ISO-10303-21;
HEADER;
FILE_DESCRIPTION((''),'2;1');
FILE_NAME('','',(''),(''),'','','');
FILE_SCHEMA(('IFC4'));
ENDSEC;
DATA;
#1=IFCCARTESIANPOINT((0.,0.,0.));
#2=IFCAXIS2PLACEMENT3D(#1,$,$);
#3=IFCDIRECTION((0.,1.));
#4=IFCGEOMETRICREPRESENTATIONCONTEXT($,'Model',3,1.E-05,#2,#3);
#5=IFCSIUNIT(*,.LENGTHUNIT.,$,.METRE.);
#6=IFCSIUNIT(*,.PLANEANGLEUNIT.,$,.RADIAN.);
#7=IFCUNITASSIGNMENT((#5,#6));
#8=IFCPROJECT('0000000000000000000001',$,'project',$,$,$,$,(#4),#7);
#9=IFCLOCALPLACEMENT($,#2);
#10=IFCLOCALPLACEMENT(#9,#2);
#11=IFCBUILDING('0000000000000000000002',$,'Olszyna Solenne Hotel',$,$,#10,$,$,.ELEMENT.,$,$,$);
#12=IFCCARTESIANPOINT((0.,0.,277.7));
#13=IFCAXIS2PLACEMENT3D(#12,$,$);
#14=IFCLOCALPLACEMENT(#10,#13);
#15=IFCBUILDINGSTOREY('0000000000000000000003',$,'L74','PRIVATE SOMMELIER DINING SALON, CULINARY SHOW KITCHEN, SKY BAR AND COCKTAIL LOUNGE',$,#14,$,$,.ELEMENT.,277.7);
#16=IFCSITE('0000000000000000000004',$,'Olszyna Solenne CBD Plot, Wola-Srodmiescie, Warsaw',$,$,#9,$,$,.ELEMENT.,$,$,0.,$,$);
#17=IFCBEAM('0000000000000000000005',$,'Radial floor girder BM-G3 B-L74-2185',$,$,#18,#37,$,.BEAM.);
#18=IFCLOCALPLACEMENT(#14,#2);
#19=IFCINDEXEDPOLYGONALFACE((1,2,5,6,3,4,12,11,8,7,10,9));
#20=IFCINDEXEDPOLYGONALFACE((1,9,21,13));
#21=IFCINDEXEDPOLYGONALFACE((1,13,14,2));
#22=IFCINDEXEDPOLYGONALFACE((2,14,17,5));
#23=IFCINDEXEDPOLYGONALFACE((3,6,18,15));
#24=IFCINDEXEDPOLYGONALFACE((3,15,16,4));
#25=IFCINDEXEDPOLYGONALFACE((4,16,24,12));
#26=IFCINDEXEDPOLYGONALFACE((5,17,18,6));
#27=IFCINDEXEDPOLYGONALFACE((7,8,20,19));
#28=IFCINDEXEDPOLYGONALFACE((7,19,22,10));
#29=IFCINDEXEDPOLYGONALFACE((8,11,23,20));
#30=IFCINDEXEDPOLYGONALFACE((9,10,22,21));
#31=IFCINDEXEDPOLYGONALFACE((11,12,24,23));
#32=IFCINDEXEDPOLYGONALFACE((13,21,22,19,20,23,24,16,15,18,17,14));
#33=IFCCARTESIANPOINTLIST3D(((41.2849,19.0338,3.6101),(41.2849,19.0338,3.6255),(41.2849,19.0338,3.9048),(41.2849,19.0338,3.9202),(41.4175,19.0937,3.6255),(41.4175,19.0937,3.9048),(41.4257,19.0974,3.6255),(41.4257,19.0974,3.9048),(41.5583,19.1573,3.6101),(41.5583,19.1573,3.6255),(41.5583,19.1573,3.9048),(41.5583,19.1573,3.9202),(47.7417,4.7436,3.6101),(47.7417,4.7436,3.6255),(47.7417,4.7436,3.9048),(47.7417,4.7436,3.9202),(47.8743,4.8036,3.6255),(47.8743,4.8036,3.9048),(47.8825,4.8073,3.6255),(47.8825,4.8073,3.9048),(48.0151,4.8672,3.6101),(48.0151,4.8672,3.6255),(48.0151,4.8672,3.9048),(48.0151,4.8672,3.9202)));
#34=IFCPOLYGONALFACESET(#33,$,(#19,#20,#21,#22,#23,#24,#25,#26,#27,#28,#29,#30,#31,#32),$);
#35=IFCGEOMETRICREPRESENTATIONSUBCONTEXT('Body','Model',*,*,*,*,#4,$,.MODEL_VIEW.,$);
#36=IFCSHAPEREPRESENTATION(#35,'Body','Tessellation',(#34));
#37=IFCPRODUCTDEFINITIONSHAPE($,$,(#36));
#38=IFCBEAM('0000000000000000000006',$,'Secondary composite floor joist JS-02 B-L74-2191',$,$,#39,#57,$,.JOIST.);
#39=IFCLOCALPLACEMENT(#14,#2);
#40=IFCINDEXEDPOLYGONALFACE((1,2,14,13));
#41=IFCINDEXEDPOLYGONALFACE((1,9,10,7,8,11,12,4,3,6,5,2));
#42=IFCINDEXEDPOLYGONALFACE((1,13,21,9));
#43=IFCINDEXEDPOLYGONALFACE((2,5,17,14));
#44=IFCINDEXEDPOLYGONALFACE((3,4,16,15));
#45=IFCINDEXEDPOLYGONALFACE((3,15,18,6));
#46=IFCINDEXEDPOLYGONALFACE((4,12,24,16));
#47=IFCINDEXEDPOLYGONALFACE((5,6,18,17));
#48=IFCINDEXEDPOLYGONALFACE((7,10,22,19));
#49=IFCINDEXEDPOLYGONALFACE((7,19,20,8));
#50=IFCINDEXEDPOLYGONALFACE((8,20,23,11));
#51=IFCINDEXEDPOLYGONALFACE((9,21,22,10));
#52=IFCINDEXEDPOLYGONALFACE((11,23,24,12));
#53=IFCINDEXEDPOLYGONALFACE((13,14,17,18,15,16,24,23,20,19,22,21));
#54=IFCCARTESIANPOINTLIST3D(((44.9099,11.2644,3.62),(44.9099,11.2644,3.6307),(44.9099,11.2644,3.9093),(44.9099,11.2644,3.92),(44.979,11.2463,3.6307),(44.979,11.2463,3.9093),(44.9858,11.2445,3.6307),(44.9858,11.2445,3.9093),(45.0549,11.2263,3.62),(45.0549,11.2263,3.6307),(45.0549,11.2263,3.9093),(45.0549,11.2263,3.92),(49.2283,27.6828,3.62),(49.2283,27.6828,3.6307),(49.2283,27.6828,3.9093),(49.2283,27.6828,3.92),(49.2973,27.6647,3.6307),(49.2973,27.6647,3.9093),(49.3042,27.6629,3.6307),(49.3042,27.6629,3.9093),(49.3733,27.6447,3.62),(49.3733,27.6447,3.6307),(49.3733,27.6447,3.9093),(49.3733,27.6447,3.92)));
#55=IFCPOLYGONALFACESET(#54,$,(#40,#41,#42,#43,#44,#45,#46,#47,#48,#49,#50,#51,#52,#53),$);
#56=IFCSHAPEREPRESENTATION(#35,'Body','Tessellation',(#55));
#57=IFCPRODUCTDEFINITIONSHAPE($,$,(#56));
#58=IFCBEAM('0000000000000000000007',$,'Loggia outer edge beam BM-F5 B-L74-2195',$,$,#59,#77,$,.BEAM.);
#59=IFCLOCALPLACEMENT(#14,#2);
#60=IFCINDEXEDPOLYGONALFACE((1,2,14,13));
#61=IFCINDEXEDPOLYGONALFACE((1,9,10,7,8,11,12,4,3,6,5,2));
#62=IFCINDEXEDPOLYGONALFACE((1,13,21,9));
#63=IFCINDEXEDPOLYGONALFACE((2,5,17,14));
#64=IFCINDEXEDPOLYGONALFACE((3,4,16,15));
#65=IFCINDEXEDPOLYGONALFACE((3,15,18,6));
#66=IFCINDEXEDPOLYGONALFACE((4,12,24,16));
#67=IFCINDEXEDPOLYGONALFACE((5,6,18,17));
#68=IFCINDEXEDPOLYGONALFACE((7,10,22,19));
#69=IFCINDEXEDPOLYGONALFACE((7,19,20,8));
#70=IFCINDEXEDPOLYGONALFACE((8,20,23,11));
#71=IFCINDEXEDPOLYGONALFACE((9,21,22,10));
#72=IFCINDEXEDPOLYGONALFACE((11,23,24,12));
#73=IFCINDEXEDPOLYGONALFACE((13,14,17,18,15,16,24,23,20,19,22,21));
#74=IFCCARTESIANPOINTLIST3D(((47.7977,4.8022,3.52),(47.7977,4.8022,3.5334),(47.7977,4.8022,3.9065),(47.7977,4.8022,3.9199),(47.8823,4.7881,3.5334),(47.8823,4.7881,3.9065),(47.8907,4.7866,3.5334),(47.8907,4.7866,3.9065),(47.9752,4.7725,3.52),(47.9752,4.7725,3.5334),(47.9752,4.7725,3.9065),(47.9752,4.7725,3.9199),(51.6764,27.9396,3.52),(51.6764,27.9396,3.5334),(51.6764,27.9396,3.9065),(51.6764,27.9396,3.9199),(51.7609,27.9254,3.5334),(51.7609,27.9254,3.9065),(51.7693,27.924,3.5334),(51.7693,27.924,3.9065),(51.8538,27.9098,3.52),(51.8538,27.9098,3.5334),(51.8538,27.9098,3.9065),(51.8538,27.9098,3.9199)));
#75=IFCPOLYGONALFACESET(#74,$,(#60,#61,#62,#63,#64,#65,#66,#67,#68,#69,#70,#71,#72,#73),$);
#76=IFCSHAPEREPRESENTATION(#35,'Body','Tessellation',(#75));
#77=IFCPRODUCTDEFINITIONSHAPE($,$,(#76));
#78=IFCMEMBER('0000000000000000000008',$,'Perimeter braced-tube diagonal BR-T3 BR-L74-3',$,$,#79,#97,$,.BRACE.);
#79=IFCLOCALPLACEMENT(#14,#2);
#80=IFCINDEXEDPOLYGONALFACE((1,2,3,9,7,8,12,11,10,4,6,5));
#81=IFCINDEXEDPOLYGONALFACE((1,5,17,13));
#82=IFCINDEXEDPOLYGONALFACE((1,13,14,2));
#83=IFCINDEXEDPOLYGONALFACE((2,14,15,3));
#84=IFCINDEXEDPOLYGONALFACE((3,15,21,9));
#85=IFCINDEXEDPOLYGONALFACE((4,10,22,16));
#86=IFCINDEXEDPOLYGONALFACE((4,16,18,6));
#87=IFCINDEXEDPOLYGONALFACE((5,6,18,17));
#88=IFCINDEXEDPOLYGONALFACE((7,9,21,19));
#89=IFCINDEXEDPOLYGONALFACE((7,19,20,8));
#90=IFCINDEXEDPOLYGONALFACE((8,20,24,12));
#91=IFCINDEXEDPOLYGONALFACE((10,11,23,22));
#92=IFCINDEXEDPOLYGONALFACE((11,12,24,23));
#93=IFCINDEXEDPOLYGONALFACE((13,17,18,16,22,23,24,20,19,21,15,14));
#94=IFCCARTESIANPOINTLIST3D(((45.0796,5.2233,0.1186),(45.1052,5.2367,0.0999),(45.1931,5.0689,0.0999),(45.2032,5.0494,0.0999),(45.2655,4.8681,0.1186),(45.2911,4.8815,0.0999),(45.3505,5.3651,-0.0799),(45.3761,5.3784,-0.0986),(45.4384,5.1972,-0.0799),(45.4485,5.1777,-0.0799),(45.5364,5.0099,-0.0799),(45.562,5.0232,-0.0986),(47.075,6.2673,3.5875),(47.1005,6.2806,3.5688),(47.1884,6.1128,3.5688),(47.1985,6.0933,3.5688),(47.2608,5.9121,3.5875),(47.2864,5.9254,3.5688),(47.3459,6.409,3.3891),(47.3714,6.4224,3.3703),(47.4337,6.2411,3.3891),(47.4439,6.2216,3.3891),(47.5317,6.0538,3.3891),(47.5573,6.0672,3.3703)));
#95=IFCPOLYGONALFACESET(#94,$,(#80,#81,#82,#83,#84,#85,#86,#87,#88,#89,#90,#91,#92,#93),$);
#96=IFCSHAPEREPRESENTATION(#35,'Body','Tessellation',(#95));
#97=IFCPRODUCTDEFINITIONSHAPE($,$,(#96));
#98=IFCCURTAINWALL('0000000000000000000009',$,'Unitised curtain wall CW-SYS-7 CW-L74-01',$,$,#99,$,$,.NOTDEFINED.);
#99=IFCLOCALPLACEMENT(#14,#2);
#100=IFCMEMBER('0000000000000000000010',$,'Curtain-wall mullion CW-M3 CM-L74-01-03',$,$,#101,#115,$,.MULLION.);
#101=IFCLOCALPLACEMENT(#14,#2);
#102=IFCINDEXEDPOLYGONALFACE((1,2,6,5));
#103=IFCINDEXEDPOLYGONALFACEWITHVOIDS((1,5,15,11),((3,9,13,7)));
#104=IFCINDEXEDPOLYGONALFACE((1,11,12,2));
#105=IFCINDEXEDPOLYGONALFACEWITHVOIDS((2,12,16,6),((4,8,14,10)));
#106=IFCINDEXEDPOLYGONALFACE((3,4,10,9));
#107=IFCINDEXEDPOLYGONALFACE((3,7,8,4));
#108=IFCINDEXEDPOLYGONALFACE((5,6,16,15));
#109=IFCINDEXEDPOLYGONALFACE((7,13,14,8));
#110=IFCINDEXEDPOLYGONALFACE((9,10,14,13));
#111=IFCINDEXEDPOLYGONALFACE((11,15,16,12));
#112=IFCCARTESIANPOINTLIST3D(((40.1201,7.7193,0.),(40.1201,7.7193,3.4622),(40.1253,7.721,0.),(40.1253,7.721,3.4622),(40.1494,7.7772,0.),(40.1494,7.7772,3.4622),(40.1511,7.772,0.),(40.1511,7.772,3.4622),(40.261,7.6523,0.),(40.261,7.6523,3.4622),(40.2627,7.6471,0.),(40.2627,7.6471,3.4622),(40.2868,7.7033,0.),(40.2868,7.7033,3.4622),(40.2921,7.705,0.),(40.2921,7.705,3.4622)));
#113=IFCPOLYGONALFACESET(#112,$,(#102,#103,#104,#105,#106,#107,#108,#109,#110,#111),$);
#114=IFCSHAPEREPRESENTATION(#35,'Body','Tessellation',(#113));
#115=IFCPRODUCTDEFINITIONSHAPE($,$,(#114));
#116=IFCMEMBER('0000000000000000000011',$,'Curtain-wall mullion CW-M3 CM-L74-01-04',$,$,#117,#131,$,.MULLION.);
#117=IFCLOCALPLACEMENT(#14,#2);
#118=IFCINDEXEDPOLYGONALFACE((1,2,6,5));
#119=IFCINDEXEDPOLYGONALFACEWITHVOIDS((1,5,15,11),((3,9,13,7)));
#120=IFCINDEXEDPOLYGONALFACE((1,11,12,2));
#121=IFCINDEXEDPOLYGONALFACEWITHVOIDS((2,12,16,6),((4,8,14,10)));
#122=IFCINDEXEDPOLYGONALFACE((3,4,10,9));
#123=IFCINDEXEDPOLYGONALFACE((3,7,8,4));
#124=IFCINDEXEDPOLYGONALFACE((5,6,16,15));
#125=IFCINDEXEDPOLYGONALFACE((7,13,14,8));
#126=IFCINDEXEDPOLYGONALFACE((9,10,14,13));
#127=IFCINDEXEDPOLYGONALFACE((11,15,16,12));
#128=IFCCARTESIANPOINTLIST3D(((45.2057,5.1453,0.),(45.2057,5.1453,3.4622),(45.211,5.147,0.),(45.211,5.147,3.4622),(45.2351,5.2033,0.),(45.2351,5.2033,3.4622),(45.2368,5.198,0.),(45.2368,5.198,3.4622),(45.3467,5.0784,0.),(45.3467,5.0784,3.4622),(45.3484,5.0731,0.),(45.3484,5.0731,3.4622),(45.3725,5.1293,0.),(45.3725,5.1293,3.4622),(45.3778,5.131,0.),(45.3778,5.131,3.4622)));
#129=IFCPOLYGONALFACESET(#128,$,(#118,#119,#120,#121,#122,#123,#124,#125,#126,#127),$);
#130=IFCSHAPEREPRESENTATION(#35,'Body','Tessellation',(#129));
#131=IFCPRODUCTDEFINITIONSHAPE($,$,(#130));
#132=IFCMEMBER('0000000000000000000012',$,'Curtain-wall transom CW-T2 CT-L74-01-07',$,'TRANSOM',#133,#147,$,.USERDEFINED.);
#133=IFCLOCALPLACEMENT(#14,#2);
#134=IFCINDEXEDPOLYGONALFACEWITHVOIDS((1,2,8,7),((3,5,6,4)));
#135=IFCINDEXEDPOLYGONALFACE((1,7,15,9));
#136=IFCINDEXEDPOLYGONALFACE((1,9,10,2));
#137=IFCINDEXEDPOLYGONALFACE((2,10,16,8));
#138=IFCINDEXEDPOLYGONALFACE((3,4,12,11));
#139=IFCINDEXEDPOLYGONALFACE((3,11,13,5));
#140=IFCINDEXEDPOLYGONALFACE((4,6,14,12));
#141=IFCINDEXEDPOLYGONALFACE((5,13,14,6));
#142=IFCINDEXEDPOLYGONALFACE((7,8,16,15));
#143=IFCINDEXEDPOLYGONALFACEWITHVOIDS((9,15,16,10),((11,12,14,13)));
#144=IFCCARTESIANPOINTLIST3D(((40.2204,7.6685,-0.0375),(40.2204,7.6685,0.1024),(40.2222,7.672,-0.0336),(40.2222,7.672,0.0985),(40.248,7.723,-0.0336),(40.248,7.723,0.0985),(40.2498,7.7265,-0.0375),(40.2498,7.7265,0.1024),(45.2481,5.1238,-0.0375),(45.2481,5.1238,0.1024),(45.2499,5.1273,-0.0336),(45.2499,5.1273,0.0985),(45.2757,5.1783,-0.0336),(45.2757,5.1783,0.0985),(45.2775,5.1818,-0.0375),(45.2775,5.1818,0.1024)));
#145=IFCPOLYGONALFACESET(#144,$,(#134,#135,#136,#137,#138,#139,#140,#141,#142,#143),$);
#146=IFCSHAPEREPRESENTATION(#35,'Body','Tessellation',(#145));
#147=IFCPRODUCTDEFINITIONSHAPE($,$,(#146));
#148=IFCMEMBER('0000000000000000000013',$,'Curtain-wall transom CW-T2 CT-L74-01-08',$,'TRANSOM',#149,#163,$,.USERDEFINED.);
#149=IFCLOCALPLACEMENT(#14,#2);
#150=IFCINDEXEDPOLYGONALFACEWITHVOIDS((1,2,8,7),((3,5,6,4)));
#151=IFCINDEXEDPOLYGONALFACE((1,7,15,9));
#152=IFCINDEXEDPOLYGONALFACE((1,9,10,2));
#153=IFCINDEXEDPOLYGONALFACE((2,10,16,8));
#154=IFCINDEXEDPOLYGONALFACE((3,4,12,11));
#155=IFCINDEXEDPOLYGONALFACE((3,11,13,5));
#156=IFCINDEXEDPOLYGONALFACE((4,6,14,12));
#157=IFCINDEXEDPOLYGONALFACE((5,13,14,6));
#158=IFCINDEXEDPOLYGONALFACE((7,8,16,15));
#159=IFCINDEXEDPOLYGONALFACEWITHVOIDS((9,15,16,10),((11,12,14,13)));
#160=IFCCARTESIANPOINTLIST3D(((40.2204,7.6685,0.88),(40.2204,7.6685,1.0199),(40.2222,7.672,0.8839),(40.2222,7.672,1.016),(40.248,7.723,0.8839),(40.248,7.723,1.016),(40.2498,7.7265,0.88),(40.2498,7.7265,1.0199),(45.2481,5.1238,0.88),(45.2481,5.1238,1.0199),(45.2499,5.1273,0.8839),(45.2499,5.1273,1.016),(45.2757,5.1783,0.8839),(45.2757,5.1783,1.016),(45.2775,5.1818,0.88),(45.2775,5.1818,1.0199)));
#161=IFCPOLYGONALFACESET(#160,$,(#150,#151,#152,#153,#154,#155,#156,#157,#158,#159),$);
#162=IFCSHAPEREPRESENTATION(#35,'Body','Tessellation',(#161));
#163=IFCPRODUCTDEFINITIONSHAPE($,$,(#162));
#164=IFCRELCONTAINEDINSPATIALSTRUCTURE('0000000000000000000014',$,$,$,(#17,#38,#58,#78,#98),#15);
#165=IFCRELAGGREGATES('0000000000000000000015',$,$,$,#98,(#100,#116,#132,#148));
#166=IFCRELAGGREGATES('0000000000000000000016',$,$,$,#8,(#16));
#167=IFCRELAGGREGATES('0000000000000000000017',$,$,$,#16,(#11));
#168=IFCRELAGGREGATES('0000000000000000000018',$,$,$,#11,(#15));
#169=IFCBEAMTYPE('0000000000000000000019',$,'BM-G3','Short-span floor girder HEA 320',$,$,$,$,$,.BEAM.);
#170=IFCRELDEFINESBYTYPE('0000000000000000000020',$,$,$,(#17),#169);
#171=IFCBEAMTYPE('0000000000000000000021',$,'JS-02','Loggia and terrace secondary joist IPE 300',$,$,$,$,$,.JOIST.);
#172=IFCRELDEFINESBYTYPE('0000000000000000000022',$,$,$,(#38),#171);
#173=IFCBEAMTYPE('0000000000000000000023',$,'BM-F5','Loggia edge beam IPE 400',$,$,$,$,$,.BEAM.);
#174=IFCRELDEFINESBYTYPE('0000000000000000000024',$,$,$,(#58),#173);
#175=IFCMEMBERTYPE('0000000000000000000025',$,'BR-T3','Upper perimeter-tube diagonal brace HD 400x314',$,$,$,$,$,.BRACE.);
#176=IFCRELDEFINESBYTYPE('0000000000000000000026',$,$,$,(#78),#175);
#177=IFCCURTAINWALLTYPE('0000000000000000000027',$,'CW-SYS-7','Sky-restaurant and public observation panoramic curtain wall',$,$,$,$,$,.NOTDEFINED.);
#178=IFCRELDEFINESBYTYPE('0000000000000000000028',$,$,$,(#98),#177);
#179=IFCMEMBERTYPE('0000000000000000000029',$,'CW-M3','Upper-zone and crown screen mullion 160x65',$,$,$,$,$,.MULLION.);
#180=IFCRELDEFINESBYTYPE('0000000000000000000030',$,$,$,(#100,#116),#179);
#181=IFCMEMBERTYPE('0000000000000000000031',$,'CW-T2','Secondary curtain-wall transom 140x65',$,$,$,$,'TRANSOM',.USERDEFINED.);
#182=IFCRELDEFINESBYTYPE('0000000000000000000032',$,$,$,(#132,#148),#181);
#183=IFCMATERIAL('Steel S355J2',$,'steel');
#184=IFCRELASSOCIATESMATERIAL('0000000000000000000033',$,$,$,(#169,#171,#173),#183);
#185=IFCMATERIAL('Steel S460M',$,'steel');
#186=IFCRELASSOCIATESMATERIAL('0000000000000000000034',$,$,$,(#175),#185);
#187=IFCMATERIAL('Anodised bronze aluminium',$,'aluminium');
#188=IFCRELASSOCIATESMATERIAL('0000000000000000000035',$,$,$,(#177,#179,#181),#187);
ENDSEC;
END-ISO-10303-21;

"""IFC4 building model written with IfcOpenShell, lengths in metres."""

from ifc_helpers import new_model, si_unit, direction, frame, origin, origin_2d, place, context, subcontext, project, spatial, hollow_rectangle, i_section, extrude, source, transform, mapped, material, material_profile, profile_set, type_object, element, aggregate, save


model = new_model("IFC4")

# Units and contexts
model_context = context("Model", 3, precision=1e-05, world=origin(), true_north=direction((0.0, 1.0)))
body_context = subcontext(model_context, "Body", "Model", "MODEL_VIEW")
ifc_project = project(units=[si_unit("LENGTHUNIT", "METRE"), si_unit("PLANEANGLEUNIT", "RADIAN")], contexts=[model_context])

# Site, building, storey
site_placement = place(None, origin())
site = spatial("IfcSite", under=ifc_project, at=site_placement, Name="Olszyna Solenne CBD Plot, Wola-Srodmiescie, Warsaw", CompositionType="ELEMENT", RefElevation=0.0)
building_placement = place(site_placement, origin())
building = spatial("IfcBuilding", under=site, at=building_placement, Name="Olszyna Solenne Hotel", CompositionType="ELEMENT")
storey_placement = place(building_placement, frame((0.0, 0.0, 277.7)))
storey = spatial("IfcBuildingStorey", under=building, at=storey_placement, Name="L74", Description="PRIVATE SOMMELIER DINING SALON, CULINARY SHOW KITCHEN, SKY BAR AND COCKTAIL LOUNGE", CompositionType="ELEMENT", Elevation=277.7)

# Shared definitions
ifc_material_1 = material(Name="Steel S355J2", Category="steel")
ifc_material_2 = material(Name="Steel S460M", Category="steel")

# Beams
ifc_material_profile_1 = material_profile(ifc_material_1, i_section(OverallWidth=0.3, OverallDepth=0.3101, WebThickness=0.009, FlangeThickness=0.0154, at=origin_2d()), Name="HEA 320", Category="load-bearing")
ifc_profile_set_1 = profile_set([ifc_material_profile_1], Name="Steel S355J2")
beam_type_1 = type_object("IfcBeamType", Name="BM-G3", Description="Short-span floor girder HEA 320", PredefinedType="BEAM", material=ifc_profile_set_1)
shared_shape_1 = source(origin(), body_context, "Body", "SweptSolid", [
    extrude(i_section(OverallWidth=0.3, OverallDepth=0.3101, WebThickness=0.009, FlangeThickness=0.0154, at=origin_2d()), origin(), (0.0, 0.0, 1.0), 15.6812),
])
beam_1_placement = place(storey_placement, frame((47.8784, 4.8054, 3.7651), z_axis=(-0.411757, 0.911294, 0.0), x_axis=(-0.911294, -0.411757, 0.0)))
element("IfcBeam", 1, at=beam_1_placement, inside=storey, type_object=beam_type_1, Name="Radial floor girder BM-G3 B-L74-2185", PredefinedType="BEAM", context=body_context, shape_type="MappedRepresentation", body=[
    mapped(shared_shape_1, transform((0.0, 0.0, 0.0), x_axis=(1.0, 0.0, 0.0), y_axis=(0.0, 1.0, 0.0), z_axis=(0.0, 0.0, 1.0), scale=1.0)),
])
ifc_material_profile_2 = material_profile(ifc_material_1, i_section(OverallWidth=0.1499, OverallDepth=0.3, WebThickness=0.0071, FlangeThickness=0.0107, at=origin_2d()), Name="IPE 300", Category="load-bearing")
ifc_profile_set_2 = profile_set([ifc_material_profile_2], Name="Steel S355J2")
beam_type_2 = type_object("IfcBeamType", Name="JS-02", Description="Loggia and terrace secondary joist IPE 300", PredefinedType="JOIST", material=ifc_profile_set_2)
shared_shape_2 = source(origin(), body_context, "Body", "SweptSolid", [
    extrude(i_section(OverallWidth=0.1499, OverallDepth=0.3, WebThickness=0.0071, FlangeThickness=0.0107, at=origin_2d()), origin(), (0.0, 0.0, 1.0), 16.9768),
])
beam_2_placement = place(storey_placement, frame((44.9824, 11.2454, 3.77), z_axis=(0.254367, 0.967108, 0.0), x_axis=(-0.967108, 0.254367, 0.0)))
element("IfcBeam", 2, at=beam_2_placement, inside=storey, type_object=beam_type_2, Name="Secondary composite floor joist JS-02 B-L74-2191", PredefinedType="JOIST", context=body_context, shape_type="MappedRepresentation", body=[
    mapped(shared_shape_2, transform((0.0, 0.0, 0.0), x_axis=(1.0, 0.0, 0.0), y_axis=(0.0, 1.0, 0.0), z_axis=(0.0, 0.0, 1.0), scale=1.0)),
])
ifc_material_profile_3 = material_profile(ifc_material_1, i_section(OverallWidth=0.1799, OverallDepth=0.3999, WebThickness=0.0085, FlangeThickness=0.0134, at=origin_2d()), Name="IPE 400", Category="load-bearing")
ifc_profile_set_3 = profile_set([ifc_material_profile_3], Name="Steel S355J2")
beam_type_3 = type_object("IfcBeamType", Name="BM-F5", Description="Loggia edge beam IPE 400", PredefinedType="BEAM", material=ifc_profile_set_3)
shared_shape_3 = source(origin(), body_context, "Body", "SweptSolid", [
    extrude(i_section(OverallWidth=0.1799, OverallDepth=0.3999, WebThickness=0.0085, FlangeThickness=0.0134, at=origin_2d()), origin(), (0.0, 0.0, 1.0), 23.4602),
])
beam_3_placement = place(storey_placement, frame((47.8865, 4.7874, 3.72), z_axis=(0.165329, 0.986239, 0.0), x_axis=(-0.986239, 0.165329, 0.0)))
element("IfcBeam", 3, at=beam_3_placement, inside=storey, type_object=beam_type_3, Name="Loggia outer edge beam BM-F5 B-L74-2195", PredefinedType="BEAM", context=body_context, shape_type="MappedRepresentation", body=[
    mapped(shared_shape_3, transform((0.0, 0.0, 0.0), x_axis=(1.0, 0.0, 0.0), y_axis=(0.0, 1.0, 0.0), z_axis=(0.0, 0.0, 1.0), scale=1.0)),
])

# Member
ifc_material_profile_4 = material_profile(ifc_material_2, i_section(OverallWidth=0.4009, OverallDepth=0.3989, WebThickness=0.022, FlangeThickness=0.0344, at=origin_2d()), Name="HD 400x314", Category="load-bearing")
ifc_profile_set_4 = profile_set([ifc_material_profile_4], Name="Steel S460M")
member_type_1 = type_object("IfcMemberType", Name="BR-T3", Description="Upper perimeter-tube diagonal brace HD 400x314", PredefinedType="BRACE", material=ifc_profile_set_4)
shared_shape_4 = source(origin(), body_context, "Body", "SweptSolid", [
    extrude(i_section(OverallWidth=0.4009, OverallDepth=0.3989, WebThickness=0.022, FlangeThickness=0.0344, at=origin_2d()), origin(), (0.0, 0.0, 1.0), 4.1357),
])
member_1_placement = place(storey_placement, frame((45.3208, 5.1233, 0.01), z_axis=(0.482456, 0.252414, 0.838763), x_axis=(-0.463573, 0.886058, 0.0)))
element("IfcMember", 4, at=member_1_placement, inside=storey, type_object=member_type_1, Name="Perimeter braced-tube diagonal BR-T3 BR-L74-3", PredefinedType="BRACE", context=body_context, shape_type="MappedRepresentation", body=[
    mapped(shared_shape_4, transform((0.0, 0.0, 0.0), x_axis=(1.0, 0.0, 0.0), y_axis=(0.0, 1.0, 0.0), z_axis=(0.0, 0.0, 1.0), scale=1.0)),
])

# Curtain wall, members
ifc_material_3 = material(Name="Anodised bronze aluminium", Category="aluminium")
curtain_wall_type = type_object("IfcCurtainWallType", Name="CW-SYS-7", Description="Sky-restaurant and public observation panoramic curtain wall", PredefinedType="NOTDEFINED", material=ifc_material_3)
curtain_wall_placement = place(storey_placement, origin())
curtain_wall = element("IfcCurtainWall", 5, at=curtain_wall_placement, inside=storey, type_object=curtain_wall_type, Name="Unitised curtain wall CW-SYS-7 CW-L74-01", PredefinedType="NOTDEFINED")
ifc_material_profile_5 = material_profile(ifc_material_3, hollow_rectangle(XDim=0.0649, YDim=0.1599, WallThickness=0.0039, at=origin_2d()), Name="MULL 160x65x4", Category="load-bearing")
ifc_profile_set_5 = profile_set([ifc_material_profile_5], Name="Anodised bronze aluminium")
member_type_2 = type_object("IfcMemberType", Name="CW-M3", Description="Upper-zone and crown screen mullion 160x65", PredefinedType="MULLION", material=ifc_profile_set_5)
shared_shape_5 = source(origin(), body_context, "Body", "SweptSolid", [
    extrude(hollow_rectangle(XDim=0.0649, YDim=0.1599, WallThickness=0.0039, at=origin_2d()), origin(), (0.0, 0.0, 1.0), 3.4622),
])
member_2_placement = place(storey_placement, frame((40.2061, 7.7122, 0.0), z_axis=(0.0, 0.0, 1.0), x_axis=(0.451574, 0.892234, 0.0)))
member_2 = element("IfcMember", 6, at=member_2_placement, type_object=member_type_2, Name="Curtain-wall mullion CW-M3 CM-L74-01-03", PredefinedType="MULLION", context=body_context, shape_type="MappedRepresentation", body=[
    mapped(shared_shape_5, transform((0.0, 0.0, 0.0), x_axis=(1.0, 0.0, 0.0), y_axis=(0.0, 1.0, 0.0), z_axis=(0.0, 0.0, 1.0), scale=1.0)),
])
member_3_placement = place(storey_placement, frame((45.2917, 5.1382, 0.0), z_axis=(0.0, 0.0, 1.0), x_axis=(0.451574, 0.892234, 0.0)))
member_3 = element("IfcMember", 7, at=member_3_placement, type_object=member_type_2, Name="Curtain-wall mullion CW-M3 CM-L74-01-04", PredefinedType="MULLION", context=body_context, shape_type="MappedRepresentation", body=[
    mapped(shared_shape_5, transform((0.0, 0.0, 0.0), x_axis=(1.0, 0.0, 0.0), y_axis=(0.0, 1.0, 0.0), z_axis=(0.0, 0.0, 1.0), scale=1.0)),
])
ifc_material_profile_6 = material_profile(ifc_material_3, hollow_rectangle(XDim=0.0649, YDim=0.1399, WallThickness=0.0039, at=origin_2d()), Name="TRAN 140x65x4", Category="load-bearing")
ifc_profile_set_6 = profile_set([ifc_material_profile_6], Name="Anodised bronze aluminium")
member_type_3 = type_object("IfcMemberType", Name="CW-T2", Description="Secondary curtain-wall transom 140x65", ElementType="TRANSOM", PredefinedType="USERDEFINED", material=ifc_profile_set_6)
shared_shape_6 = source(origin(), body_context, "Body", "SweptSolid", [
    extrude(hollow_rectangle(XDim=0.0649, YDim=0.1399, WallThickness=0.0039, at=origin_2d()), origin(), (0.0, 0.0, 1.0), 5.635),
])
member_4_placement = place(storey_placement, frame((40.2351, 7.6975, 0.0325), z_axis=(0.892224, -0.451593, 0.0), x_axis=(0.451593, 0.892224, 0.0)))
member_4 = element("IfcMember", 8, at=member_4_placement, type_object=member_type_3, Name="Curtain-wall transom CW-T2 CT-L74-01-07", ObjectType="TRANSOM", PredefinedType="USERDEFINED", context=body_context, shape_type="MappedRepresentation", body=[
    mapped(shared_shape_6, transform((0.0, 0.0, 0.0), x_axis=(1.0, 0.0, 0.0), y_axis=(0.0, 1.0, 0.0), z_axis=(0.0, 0.0, 1.0), scale=1.0)),
])
member_5_placement = place(storey_placement, frame((40.2351, 7.6975, 0.95), z_axis=(0.892224, -0.451593, 0.0), x_axis=(0.451593, 0.892224, 0.0)))
member_5 = element("IfcMember", 9, at=member_5_placement, type_object=member_type_3, Name="Curtain-wall transom CW-T2 CT-L74-01-08", ObjectType="TRANSOM", PredefinedType="USERDEFINED", context=body_context, shape_type="MappedRepresentation", body=[
    mapped(shared_shape_6, transform((0.0, 0.0, 0.0), x_axis=(1.0, 0.0, 0.0), y_axis=(0.0, 1.0, 0.0), z_axis=(0.0, 0.0, 1.0), scale=1.0)),
])

aggregate(curtain_wall, [member_2, member_3, member_4, member_5])

save(model, "model.ifc")
